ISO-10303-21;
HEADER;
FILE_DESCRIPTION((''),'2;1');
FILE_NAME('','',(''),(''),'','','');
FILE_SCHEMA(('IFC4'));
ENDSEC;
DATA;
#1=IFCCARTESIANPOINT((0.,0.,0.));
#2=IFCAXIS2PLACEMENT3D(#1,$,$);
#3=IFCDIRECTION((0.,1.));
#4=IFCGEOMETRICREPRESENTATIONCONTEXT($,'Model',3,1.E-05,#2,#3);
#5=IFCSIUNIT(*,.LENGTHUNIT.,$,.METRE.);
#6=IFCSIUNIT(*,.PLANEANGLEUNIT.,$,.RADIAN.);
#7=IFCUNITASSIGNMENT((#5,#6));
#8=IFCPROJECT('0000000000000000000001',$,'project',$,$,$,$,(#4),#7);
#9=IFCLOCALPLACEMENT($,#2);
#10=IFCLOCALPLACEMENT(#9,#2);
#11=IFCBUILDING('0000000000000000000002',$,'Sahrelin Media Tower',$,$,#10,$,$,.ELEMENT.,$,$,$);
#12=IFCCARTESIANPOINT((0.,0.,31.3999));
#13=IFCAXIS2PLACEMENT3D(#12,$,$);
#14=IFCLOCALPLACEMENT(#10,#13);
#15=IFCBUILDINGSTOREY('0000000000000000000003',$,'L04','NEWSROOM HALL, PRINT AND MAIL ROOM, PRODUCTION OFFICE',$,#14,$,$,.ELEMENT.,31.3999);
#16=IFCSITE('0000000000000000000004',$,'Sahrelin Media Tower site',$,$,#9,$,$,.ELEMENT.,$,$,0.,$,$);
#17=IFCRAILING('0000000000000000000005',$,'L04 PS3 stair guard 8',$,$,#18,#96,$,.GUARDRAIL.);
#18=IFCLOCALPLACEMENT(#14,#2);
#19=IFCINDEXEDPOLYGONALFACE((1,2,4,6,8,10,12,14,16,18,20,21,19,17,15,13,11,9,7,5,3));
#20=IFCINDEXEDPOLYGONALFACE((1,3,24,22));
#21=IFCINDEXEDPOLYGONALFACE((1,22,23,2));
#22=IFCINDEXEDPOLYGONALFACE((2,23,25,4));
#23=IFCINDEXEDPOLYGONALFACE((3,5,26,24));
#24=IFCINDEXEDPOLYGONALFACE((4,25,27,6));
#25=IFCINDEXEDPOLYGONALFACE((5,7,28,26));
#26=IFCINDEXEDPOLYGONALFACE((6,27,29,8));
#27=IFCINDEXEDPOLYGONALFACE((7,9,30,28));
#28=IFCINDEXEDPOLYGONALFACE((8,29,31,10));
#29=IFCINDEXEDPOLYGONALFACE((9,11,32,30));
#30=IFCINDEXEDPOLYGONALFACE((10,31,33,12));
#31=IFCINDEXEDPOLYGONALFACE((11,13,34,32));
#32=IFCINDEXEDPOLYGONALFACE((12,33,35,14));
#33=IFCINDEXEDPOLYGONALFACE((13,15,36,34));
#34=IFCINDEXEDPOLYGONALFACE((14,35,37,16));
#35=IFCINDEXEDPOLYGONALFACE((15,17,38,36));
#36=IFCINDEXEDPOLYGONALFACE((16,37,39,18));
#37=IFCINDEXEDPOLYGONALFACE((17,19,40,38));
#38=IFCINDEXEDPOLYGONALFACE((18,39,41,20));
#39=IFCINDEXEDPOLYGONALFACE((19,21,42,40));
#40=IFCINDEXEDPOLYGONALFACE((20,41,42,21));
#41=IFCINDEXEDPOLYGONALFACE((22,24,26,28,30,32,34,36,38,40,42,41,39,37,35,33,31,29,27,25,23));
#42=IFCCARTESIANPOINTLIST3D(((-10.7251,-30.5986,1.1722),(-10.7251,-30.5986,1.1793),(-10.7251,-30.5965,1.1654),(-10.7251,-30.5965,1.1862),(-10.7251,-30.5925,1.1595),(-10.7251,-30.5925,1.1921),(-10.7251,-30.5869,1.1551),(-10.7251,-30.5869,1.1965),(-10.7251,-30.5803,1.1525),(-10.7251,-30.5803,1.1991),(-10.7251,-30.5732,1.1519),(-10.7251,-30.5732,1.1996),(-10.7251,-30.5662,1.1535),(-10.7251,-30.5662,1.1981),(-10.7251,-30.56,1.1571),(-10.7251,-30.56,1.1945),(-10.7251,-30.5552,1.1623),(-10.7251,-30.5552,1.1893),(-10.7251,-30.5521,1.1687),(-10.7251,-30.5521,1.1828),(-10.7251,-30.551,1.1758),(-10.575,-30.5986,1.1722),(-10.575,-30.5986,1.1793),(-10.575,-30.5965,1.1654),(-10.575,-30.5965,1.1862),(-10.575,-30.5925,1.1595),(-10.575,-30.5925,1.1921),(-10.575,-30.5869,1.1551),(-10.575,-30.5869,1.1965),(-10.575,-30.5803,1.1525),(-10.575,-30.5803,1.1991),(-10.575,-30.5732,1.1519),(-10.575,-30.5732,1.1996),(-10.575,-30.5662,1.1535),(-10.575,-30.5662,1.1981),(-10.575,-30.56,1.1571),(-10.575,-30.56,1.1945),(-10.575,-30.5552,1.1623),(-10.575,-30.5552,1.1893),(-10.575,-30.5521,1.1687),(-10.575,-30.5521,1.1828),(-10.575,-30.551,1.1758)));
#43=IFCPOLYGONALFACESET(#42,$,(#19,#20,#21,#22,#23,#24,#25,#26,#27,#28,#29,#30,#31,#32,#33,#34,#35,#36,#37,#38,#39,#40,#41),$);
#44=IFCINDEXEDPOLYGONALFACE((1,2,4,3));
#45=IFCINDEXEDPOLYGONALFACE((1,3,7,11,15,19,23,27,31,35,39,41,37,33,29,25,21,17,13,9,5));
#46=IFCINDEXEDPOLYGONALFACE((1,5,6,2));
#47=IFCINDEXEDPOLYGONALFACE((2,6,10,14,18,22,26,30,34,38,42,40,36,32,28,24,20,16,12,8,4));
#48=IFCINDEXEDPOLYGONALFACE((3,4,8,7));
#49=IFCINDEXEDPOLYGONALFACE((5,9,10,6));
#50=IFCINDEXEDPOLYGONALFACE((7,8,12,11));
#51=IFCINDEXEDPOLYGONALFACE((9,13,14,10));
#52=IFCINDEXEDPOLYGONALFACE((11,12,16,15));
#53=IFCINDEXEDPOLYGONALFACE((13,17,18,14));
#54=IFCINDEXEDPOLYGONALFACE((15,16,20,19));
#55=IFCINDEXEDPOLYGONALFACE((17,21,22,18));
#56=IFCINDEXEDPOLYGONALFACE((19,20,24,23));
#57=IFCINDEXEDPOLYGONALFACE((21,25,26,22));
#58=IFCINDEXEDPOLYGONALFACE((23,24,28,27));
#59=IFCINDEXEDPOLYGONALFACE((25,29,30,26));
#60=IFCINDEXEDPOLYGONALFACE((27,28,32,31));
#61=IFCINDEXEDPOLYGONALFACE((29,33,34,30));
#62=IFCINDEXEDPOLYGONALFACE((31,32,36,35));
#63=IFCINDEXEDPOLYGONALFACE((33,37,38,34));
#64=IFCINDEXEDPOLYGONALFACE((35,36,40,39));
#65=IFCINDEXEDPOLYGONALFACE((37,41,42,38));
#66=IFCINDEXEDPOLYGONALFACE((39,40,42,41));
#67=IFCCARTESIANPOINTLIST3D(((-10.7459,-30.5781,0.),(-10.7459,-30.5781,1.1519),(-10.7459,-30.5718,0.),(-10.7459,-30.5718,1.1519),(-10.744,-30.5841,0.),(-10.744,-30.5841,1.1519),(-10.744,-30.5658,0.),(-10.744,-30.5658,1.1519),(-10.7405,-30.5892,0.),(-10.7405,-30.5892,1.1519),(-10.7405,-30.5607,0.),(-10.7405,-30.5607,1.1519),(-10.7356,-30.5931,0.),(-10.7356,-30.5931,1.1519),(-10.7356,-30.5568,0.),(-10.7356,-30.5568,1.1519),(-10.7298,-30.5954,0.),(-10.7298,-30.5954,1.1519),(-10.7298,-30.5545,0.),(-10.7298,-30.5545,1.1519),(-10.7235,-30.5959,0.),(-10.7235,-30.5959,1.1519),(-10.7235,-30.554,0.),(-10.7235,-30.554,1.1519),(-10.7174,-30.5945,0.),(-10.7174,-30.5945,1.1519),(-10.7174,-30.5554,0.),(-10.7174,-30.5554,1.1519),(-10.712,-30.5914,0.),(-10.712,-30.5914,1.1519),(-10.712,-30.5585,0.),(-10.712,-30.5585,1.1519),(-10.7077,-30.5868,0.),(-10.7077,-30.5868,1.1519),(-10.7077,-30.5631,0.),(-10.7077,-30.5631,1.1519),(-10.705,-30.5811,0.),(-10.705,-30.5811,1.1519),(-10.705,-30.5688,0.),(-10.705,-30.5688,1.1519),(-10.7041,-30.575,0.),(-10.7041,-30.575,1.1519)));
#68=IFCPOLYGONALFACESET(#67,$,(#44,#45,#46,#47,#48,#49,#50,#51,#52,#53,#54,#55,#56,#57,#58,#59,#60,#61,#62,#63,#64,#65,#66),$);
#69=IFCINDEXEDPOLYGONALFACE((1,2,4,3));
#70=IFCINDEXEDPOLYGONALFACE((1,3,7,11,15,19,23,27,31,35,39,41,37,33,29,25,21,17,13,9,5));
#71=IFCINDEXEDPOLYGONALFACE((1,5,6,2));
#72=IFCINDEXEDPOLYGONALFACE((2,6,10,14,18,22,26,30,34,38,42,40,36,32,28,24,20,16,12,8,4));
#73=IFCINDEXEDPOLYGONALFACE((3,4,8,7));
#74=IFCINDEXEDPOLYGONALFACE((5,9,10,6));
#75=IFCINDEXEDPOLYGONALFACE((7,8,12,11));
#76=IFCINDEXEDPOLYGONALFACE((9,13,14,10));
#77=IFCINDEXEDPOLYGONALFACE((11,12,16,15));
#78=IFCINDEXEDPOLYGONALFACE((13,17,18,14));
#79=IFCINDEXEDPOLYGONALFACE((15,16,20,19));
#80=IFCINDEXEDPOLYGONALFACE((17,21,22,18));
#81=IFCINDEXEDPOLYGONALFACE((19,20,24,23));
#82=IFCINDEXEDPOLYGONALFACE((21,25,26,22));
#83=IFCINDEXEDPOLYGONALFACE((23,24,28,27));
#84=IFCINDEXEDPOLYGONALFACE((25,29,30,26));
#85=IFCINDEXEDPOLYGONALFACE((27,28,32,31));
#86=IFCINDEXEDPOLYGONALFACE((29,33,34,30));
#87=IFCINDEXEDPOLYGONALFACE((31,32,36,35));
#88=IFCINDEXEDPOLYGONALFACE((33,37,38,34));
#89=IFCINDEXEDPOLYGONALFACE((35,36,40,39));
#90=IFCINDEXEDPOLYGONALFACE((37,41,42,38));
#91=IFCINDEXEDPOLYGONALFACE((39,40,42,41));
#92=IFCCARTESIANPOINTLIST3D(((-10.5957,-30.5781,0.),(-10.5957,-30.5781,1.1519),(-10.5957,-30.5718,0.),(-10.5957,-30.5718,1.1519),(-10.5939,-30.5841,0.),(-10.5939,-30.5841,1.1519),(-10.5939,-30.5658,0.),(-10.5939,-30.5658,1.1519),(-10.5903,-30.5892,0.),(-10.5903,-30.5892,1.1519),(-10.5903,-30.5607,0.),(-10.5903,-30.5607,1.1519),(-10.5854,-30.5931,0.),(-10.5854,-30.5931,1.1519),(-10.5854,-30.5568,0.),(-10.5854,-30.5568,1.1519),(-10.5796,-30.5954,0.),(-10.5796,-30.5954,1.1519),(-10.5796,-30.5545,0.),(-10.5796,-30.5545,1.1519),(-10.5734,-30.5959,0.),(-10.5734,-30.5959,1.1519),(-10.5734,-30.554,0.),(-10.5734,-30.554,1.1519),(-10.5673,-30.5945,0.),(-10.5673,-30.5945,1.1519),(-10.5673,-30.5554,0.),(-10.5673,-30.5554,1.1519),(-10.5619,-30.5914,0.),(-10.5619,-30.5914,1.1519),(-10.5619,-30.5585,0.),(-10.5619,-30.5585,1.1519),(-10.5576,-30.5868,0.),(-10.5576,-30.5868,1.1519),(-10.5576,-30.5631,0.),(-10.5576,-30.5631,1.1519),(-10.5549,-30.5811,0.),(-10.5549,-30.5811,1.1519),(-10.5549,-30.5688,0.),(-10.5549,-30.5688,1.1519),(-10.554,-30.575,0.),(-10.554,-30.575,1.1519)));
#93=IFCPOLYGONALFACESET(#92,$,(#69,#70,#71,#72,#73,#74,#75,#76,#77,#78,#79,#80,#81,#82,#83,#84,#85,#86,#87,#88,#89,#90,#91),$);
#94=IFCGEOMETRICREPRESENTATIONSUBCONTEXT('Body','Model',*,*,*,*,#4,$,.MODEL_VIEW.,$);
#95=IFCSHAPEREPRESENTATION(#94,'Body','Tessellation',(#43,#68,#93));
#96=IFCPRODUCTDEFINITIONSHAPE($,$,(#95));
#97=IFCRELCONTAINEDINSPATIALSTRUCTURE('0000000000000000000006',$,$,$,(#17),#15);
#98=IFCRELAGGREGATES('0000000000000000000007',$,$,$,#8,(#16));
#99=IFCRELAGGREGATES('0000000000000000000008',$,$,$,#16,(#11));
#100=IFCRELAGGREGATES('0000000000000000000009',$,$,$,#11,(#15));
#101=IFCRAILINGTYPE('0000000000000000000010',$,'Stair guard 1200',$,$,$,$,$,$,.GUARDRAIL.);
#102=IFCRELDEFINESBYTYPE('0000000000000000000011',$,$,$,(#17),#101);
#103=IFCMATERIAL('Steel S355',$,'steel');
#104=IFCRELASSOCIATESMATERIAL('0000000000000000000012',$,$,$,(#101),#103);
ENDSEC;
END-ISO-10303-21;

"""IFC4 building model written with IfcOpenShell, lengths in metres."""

from ifc_helpers import new_model, si_unit, direction, frame, origin, origin_2d, place, context, subcontext, project, spatial, circle, extrude, material, type_object, element, save


model = new_model("IFC4")

# Units and contexts
model_context = context("Model", 3, precision=1e-05, world=origin(), true_north=direction((0.0, 1.0)))
body_context = subcontext(model_context, "Body", "Model", "MODEL_VIEW")
ifc_project = project(units=[si_unit("LENGTHUNIT", "METRE"), si_unit("PLANEANGLEUNIT", "RADIAN")], contexts=[model_context])

# Site, building, storey
site_placement = place(None, origin())
site = spatial("IfcSite", under=ifc_project, at=site_placement, Name="Sahrelin Media Tower site", CompositionType="ELEMENT", RefElevation=0.0)
building_placement = place(site_placement, origin())
building = spatial("IfcBuilding", under=site, at=building_placement, Name="Sahrelin Media Tower", CompositionType="ELEMENT")
storey_placement = place(building_placement, frame((0.0, 0.0, 31.3999)))
storey = spatial("IfcBuildingStorey", under=building, at=storey_placement, Name="L04", Description="NEWSROOM HALL, PRINT AND MAIL ROOM, PRODUCTION OFFICE", CompositionType="ELEMENT", Elevation=31.3999)

# Shared definitions
ifc_material_1 = material(Name="Steel S355", Category="steel")

# Railing
railing_type_1 = type_object("IfcRailingType", Name="Stair guard 1200", PredefinedType="GUARDRAIL", material=ifc_material_1)
railing_1_placement = place(storey_placement, frame((-10.7251, -30.575, 0.0)))
element("IfcRailing", 1, at=railing_1_placement, inside=storey, type_object=railing_type_1, Name="L04 PS3 stair guard 8", PredefinedType="GUARDRAIL", context=body_context, shape_type="SweptSolid", body=[
    extrude(circle(Radius=0.0239, at=origin_2d()), frame((0.0, 0.0, 1.1758), z_axis=(1.0, 0.0, 0.0), x_axis=(0.0, 1.0, 0.0)), (0.0, 0.0, 1.0), 0.1501),
    extrude(circle(Radius=0.021, at=origin_2d()), origin(), (0.0, 0.0, 1.0), 1.1519),
    extrude(circle(Radius=0.021, at=origin_2d()), frame((0.1501, 0.0, 0.0)), (0.0, 0.0, 1.0), 1.1519),
])

save(model, "model.ifc")
